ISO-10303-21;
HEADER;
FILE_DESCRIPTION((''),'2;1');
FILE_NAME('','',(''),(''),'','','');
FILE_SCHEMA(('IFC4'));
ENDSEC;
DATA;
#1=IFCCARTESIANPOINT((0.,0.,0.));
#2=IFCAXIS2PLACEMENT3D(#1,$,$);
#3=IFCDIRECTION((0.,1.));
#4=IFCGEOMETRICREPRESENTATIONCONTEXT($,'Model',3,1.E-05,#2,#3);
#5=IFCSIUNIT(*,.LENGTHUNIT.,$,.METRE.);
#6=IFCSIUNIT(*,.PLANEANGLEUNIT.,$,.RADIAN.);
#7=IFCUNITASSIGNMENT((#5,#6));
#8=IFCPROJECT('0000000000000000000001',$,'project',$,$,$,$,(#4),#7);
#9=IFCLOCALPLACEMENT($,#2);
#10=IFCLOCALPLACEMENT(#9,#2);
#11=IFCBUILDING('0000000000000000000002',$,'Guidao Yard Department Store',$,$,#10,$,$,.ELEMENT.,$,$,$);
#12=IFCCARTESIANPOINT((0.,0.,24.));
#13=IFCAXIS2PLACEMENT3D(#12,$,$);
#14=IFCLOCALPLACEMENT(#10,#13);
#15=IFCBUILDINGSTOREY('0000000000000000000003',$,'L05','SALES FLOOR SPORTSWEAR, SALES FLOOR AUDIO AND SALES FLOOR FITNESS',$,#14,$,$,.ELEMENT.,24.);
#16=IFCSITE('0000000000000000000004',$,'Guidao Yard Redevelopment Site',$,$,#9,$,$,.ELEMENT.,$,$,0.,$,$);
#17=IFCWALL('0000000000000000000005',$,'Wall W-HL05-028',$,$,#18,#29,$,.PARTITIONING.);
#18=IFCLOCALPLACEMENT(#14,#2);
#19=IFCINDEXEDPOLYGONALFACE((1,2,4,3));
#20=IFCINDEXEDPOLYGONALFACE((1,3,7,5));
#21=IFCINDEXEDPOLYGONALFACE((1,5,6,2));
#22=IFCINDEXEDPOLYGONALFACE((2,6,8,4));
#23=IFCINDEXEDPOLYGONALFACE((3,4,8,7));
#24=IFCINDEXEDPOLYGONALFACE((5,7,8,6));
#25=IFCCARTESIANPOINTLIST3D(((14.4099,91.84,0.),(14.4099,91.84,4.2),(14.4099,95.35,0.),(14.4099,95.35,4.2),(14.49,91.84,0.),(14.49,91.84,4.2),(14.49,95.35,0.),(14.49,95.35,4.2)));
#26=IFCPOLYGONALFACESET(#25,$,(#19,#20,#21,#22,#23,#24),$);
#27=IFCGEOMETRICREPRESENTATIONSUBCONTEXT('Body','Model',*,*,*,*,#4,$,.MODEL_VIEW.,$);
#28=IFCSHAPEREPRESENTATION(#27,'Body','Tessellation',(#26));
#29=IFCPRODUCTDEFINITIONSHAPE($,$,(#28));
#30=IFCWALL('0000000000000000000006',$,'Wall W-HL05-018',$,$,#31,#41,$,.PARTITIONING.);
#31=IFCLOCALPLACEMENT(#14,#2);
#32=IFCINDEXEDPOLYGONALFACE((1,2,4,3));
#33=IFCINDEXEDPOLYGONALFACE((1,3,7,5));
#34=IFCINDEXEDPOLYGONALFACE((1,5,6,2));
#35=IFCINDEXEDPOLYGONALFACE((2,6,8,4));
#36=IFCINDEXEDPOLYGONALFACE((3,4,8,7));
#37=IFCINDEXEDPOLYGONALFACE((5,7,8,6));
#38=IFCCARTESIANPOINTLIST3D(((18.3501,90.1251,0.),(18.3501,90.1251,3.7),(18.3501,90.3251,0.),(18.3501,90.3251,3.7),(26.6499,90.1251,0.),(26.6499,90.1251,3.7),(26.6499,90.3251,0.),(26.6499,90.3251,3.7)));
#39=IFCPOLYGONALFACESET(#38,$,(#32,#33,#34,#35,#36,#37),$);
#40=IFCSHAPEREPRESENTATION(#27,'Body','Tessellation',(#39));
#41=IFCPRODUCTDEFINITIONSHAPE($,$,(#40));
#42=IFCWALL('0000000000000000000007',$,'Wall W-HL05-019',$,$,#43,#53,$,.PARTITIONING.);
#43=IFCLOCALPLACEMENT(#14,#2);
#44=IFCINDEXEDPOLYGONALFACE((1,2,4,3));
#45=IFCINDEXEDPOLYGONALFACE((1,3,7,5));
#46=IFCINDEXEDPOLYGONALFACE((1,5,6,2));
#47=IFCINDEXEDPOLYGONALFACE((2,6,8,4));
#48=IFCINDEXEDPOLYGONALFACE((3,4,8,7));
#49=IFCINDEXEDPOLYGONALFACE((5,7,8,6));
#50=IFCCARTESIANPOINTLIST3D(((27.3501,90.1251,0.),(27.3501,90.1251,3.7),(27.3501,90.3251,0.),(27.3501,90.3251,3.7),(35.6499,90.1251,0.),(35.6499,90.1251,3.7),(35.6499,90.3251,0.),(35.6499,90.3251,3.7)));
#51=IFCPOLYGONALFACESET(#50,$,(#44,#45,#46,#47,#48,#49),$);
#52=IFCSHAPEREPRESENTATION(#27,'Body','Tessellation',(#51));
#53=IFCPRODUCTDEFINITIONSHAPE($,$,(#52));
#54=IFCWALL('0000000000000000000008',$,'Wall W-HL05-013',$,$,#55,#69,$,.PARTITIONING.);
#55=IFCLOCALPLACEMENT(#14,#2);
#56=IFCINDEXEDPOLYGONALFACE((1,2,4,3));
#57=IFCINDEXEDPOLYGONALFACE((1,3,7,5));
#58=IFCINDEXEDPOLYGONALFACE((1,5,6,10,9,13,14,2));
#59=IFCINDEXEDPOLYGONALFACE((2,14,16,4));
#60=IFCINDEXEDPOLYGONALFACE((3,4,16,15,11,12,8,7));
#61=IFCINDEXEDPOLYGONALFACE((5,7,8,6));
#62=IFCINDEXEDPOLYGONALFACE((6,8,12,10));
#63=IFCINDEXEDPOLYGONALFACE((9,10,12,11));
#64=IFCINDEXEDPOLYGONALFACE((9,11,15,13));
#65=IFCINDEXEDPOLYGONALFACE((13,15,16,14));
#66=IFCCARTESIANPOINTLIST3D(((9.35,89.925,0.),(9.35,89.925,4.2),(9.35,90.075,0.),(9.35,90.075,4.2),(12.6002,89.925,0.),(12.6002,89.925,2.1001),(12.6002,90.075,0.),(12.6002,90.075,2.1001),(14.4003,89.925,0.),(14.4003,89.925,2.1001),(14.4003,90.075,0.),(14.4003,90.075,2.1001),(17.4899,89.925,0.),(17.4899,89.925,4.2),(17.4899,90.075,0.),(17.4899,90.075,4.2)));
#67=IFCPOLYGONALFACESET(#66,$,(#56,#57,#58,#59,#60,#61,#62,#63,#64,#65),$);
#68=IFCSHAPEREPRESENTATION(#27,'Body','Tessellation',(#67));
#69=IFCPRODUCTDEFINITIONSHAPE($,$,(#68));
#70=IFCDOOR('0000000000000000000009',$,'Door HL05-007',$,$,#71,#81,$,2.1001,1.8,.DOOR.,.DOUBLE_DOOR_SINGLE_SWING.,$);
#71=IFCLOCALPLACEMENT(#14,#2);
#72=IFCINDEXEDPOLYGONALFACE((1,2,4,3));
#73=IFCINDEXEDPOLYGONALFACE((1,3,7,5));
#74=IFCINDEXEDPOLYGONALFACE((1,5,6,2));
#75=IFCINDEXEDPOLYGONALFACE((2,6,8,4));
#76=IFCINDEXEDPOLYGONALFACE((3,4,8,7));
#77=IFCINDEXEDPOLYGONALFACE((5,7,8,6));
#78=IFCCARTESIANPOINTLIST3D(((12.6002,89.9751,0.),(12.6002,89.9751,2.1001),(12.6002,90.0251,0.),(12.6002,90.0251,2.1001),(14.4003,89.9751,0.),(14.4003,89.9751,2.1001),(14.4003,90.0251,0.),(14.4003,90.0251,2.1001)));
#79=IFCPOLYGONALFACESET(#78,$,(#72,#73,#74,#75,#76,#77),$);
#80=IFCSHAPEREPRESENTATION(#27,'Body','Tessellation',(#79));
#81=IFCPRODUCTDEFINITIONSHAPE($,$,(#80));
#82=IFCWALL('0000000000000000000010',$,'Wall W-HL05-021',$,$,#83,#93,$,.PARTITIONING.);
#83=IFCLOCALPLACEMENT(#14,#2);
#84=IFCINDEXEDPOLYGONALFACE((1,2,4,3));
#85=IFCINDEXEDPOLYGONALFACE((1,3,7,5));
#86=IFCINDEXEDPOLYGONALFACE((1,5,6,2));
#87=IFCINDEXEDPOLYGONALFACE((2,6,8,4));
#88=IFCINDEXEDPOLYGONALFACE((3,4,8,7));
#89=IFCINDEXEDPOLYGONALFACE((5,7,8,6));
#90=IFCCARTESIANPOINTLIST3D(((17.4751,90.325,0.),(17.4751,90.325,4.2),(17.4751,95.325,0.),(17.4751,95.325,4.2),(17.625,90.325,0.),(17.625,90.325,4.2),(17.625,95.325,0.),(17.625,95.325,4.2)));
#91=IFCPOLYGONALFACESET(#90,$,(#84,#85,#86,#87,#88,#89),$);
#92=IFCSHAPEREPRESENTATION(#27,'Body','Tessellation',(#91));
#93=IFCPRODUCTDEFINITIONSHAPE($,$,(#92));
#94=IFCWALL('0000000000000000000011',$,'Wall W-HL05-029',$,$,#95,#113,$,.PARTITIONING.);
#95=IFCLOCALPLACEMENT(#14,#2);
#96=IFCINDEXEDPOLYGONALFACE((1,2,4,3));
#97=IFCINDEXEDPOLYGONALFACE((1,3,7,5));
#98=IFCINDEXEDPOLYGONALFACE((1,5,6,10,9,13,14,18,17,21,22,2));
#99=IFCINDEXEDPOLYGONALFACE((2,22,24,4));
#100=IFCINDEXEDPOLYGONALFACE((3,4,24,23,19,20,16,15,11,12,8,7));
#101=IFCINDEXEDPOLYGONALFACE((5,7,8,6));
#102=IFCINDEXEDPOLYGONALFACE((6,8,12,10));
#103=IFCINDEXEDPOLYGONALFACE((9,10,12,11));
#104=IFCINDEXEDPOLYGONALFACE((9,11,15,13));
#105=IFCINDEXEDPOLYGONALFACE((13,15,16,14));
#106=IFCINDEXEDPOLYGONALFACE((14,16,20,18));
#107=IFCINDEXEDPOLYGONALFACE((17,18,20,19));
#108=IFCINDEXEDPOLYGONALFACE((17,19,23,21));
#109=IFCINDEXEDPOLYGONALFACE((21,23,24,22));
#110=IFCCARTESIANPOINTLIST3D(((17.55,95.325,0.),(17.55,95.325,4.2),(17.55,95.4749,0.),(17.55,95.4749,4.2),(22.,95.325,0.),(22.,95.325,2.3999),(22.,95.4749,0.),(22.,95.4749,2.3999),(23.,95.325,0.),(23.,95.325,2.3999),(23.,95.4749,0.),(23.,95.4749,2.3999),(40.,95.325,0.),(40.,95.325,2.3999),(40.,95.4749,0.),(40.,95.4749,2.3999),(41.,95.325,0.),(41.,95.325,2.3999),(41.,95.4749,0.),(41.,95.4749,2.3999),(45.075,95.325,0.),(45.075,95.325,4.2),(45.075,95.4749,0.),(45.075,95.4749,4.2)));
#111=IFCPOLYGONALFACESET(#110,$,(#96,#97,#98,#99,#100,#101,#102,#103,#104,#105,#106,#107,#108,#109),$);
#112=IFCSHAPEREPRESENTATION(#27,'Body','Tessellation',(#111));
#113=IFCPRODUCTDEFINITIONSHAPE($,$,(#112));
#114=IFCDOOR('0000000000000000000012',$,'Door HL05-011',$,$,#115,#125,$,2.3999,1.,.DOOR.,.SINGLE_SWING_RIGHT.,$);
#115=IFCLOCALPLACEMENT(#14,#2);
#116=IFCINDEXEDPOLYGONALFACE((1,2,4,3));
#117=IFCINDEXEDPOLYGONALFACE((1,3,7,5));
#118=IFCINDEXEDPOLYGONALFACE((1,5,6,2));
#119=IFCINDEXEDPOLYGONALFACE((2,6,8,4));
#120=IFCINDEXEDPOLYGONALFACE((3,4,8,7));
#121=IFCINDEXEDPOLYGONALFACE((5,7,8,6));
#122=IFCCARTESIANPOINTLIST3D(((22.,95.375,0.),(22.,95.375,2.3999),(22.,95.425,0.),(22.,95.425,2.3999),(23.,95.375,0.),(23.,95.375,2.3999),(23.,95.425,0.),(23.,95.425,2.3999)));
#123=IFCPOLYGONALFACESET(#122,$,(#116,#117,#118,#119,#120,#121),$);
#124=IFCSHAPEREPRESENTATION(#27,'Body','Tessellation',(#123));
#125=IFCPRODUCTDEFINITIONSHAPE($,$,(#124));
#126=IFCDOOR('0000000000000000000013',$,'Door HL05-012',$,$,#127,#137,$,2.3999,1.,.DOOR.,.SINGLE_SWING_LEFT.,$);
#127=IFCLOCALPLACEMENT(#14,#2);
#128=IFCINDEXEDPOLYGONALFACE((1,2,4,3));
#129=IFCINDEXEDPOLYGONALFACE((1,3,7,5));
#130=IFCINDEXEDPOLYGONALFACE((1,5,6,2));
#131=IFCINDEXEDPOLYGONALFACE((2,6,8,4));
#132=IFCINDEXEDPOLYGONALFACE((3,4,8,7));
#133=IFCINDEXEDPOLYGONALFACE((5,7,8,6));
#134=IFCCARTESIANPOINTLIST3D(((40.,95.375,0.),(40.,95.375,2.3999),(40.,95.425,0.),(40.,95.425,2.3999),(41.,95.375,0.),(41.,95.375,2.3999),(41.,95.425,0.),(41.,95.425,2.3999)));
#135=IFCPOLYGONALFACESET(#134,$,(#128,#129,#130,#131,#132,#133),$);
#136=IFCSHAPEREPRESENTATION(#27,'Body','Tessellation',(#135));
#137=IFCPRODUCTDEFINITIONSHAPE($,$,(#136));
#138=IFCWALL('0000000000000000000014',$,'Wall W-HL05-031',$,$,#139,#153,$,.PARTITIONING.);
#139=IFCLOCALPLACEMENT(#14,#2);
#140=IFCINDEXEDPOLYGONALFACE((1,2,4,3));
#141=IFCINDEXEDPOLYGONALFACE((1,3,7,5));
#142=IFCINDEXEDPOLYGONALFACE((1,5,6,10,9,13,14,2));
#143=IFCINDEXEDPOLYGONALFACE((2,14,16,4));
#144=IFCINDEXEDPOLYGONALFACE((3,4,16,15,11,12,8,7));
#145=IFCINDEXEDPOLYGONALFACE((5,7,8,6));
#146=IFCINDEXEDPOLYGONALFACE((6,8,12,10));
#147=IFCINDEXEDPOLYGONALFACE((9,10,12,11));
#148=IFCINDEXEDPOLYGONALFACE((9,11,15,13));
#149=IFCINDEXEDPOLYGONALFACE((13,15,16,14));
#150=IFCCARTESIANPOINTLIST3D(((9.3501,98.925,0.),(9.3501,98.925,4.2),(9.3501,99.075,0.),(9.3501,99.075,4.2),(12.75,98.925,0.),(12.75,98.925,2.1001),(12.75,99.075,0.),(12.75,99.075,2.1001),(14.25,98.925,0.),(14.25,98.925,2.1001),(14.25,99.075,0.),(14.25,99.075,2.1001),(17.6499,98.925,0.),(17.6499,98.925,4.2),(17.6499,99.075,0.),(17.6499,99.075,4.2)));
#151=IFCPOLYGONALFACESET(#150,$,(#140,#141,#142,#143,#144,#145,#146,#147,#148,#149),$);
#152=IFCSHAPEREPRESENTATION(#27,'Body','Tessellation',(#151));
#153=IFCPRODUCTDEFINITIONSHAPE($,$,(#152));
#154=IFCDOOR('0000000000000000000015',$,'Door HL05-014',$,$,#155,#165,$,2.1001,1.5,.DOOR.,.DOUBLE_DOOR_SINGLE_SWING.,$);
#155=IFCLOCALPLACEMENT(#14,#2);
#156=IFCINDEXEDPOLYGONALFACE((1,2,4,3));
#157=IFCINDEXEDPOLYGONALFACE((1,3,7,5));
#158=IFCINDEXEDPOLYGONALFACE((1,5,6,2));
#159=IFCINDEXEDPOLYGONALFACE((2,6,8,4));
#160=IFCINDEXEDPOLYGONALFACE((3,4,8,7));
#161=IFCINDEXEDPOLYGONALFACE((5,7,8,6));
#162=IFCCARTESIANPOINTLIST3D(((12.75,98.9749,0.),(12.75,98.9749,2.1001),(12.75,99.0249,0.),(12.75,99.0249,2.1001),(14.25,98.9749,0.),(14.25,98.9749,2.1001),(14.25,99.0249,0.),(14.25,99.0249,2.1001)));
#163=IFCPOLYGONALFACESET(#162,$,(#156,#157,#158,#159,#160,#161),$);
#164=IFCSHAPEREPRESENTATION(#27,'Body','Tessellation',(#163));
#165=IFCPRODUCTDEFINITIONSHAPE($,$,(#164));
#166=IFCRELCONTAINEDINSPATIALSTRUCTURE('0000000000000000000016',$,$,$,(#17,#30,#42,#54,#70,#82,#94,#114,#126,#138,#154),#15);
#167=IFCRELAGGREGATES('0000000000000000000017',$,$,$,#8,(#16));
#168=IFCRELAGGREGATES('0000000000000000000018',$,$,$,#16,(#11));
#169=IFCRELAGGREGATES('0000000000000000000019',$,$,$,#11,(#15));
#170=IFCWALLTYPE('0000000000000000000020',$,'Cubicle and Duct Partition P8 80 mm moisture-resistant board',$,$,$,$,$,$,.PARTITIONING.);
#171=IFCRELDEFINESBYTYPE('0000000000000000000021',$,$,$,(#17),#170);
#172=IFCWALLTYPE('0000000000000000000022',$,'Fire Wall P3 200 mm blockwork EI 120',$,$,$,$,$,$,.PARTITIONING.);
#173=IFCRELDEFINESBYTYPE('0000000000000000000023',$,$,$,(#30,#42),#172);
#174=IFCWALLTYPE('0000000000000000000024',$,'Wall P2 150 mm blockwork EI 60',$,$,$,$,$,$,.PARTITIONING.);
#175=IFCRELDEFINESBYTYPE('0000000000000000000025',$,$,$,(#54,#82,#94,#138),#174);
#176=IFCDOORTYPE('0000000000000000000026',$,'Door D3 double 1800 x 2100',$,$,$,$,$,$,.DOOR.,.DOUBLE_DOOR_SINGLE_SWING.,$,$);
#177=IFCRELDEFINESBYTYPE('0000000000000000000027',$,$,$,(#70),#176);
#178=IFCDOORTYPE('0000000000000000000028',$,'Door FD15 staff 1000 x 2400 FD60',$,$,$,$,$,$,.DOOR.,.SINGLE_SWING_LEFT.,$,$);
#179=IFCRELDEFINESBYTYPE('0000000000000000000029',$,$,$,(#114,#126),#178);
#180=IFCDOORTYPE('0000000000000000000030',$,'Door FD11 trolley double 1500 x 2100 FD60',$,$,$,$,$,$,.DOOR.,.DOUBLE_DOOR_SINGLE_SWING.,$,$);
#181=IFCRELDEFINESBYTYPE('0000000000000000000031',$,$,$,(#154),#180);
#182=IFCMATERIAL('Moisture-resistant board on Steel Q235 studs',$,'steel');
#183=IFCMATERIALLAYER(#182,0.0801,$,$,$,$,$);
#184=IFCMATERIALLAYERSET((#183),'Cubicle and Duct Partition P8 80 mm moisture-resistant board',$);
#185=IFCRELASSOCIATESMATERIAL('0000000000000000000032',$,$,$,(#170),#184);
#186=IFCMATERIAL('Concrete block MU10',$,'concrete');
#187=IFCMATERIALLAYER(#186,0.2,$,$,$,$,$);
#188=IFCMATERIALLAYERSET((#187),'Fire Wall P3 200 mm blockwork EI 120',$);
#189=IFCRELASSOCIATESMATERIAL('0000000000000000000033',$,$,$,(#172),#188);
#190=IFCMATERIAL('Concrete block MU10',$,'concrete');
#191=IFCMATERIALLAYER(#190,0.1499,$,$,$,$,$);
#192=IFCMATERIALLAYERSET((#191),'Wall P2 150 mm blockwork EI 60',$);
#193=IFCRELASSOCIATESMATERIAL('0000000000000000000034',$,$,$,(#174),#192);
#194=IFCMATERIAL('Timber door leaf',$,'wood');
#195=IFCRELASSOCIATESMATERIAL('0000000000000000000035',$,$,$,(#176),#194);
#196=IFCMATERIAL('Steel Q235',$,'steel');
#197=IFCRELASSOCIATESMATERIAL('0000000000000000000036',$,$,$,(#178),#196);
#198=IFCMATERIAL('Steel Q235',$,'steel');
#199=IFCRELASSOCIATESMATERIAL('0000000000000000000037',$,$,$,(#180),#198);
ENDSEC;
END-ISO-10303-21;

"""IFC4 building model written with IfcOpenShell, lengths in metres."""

from ifc_helpers import new_model, si_unit, direction, frame, frame_2d, origin, place, context, subcontext, project, spatial, rectangle, extrude, material, layer, layer_set, type_object, element, fill, save


model = new_model("IFC4")

# Units and contexts
model_context = context("Model", 3, precision=1e-05, world=origin(), true_north=direction((0.0, 1.0)))
body_context = subcontext(model_context, "Body", "Model", "MODEL_VIEW")
ifc_project = project(units=[si_unit("LENGTHUNIT", "METRE"), si_unit("PLANEANGLEUNIT", "RADIAN")], contexts=[model_context])

# Site, building, storey
site_placement = place(None, origin())
site = spatial("IfcSite", under=ifc_project, at=site_placement, Name="Guidao Yard Redevelopment Site", CompositionType="ELEMENT", RefElevation=0.0)
building_placement = place(site_placement, origin())
building = spatial("IfcBuilding", under=site, at=building_placement, Name="Guidao Yard Department Store", CompositionType="ELEMENT")
storey_placement = place(building_placement, frame((0.0, 0.0, 24.0)))
storey = spatial("IfcBuildingStorey", under=building, at=storey_placement, Name="L05", Description="SALES FLOOR SPORTSWEAR, SALES FLOOR AUDIO AND SALES FLOOR FITNESS", CompositionType="ELEMENT", Elevation=24.0)

# Shared definitions
ifc_material_1 = material(Name="Moisture-resistant board on Steel Q235 studs", Category="steel")
ifc_layer_1 = layer(ifc_material_1, 0.0801)
ifc_layer_set_1 = layer_set([ifc_layer_1], Name="Cubicle and Duct Partition P8 80 mm moisture-resistant board")
wall_type_1 = type_object("IfcWallType", Name="Cubicle and Duct Partition P8 80 mm moisture-resistant board", PredefinedType="PARTITIONING", material=ifc_layer_set_1)

# Walls
for number, where, z_axis, x_axis, name in (
    (1, (14.45, 91.8401, 0.0), (0.0, 0.0, 1.0), (0.0, 1.0, 0.0), "Wall W-HL05-028"),
):
    element("IfcWall", number, at=place(storey_placement, frame(where, z_axis=z_axis, x_axis=x_axis)), inside=storey, type_object=wall_type_1, Name=name, PredefinedType="PARTITIONING", context=body_context, shape_type="SweptSolid", body=[
        extrude(rectangle(XDim=3.51, YDim=0.0801, at=frame_2d((1.7549, 0.0))), origin(), (0.0, 0.0, 1.0), 4.2),
    ])
ifc_material_2 = material(Name="Concrete block MU10", Category="concrete")
ifc_layer_2 = layer(ifc_material_2, 0.2)
ifc_layer_set_2 = layer_set([ifc_layer_2], Name="Fire Wall P3 200 mm blockwork EI 120")
wall_type_2 = type_object("IfcWallType", Name="Fire Wall P3 200 mm blockwork EI 120", PredefinedType="PARTITIONING", material=ifc_layer_set_2)
for number, where, z_axis, x_axis, name in (
    (2, (18.3501, 90.2251, 0.0), (0.0, 0.0, 1.0), (1.0, 0.0, 0.0), "Wall W-HL05-018"),
    (3, (27.3501, 90.2251, 0.0), (0.0, 0.0, 1.0), (1.0, 0.0, 0.0), "Wall W-HL05-019"),
):
    element("IfcWall", number, at=place(storey_placement, frame(where, z_axis=z_axis, x_axis=x_axis)), inside=storey, type_object=wall_type_2, Name=name, PredefinedType="PARTITIONING", context=body_context, shape_type="SweptSolid", body=[
        extrude(rectangle(XDim=8.2998, YDim=0.2, at=frame_2d((4.1499, 0.0))), origin(), (0.0, 0.0, 1.0), 3.7),
    ])

# Wall, opening, door
ifc_material_3 = material(Name="Concrete block MU10", Category="concrete")
ifc_layer_3 = layer(ifc_material_3, 0.1499)
ifc_layer_set_3 = layer_set([ifc_layer_3], Name="Wall P2 150 mm blockwork EI 60")
wall_type_3 = type_object("IfcWallType", Name="Wall P2 150 mm blockwork EI 60", PredefinedType="PARTITIONING", material=ifc_layer_set_3)
wall_1_placement = place(storey_placement, frame((9.3501, 90.0, 0.0), z_axis=(0.0, 0.0, 1.0), x_axis=(1.0, 0.0, 0.0)))
wall_1 = element("IfcWall", 4, at=wall_1_placement, inside=storey, type_object=wall_type_3, Name="Wall W-HL05-013", PredefinedType="PARTITIONING", context=body_context, shape_type="SweptSolid", body=[
    extrude(rectangle(XDim=8.1399, YDim=0.1499, at=frame_2d((4.0698, 0.0))), origin(), (0.0, 0.0, 1.0), 4.2),
])
opening_1_placement = place(wall_1_placement, frame((5.05, 0.0, 0.0), z_axis=(0.0, 0.0, 1.0), x_axis=(-1.0, 0.0, 0.0)))
opening_1 = element("IfcOpeningElement", 5, at=opening_1_placement, cuts=wall_1, PredefinedType="OPENING", context=body_context, shape_type="SweptSolid", body=[
    extrude(rectangle(XDim=1.8, YDim=2.1001, at=frame_2d((0.8999, 1.05))), frame((0.0, 0.085, 0.0), z_axis=(0.0, -1.0, 0.0), x_axis=(1.0, 0.0, 0.0)), (0.0, 0.0, 1.0), 0.1699),
])
ifc_material_4 = material(Name="Timber door leaf", Category="wood")
door_type_1 = type_object("IfcDoorType", Name="Door D3 double 1800 x 2100", OperationType="DOUBLE_DOOR_SINGLE_SWING", PredefinedType="DOOR", material=ifc_material_4)
door_1_placement = place(opening_1_placement, origin())
door_1 = element("IfcDoor", 6, at=door_1_placement, inside=storey, type_object=door_type_1, Name="Door HL05-007", OperationType="DOUBLE_DOOR_SINGLE_SWING", OverallHeight=2.1001, OverallWidth=1.8, PredefinedType="DOOR", context=body_context, shape_type="SweptSolid", body=[
    extrude(rectangle(XDim=1.8, YDim=2.1001, at=frame_2d((0.8999, 1.05))), frame((0.0, 0.0249, 0.0), z_axis=(0.0, -1.0, 0.0), x_axis=(1.0, 0.0, 0.0)), (0.0, 0.0, 1.0), 0.05),
])
fill(opening_1, door_1)

# Wall
wall_2_placement = place(storey_placement, frame((17.55, 90.325, 0.0), z_axis=(0.0, 0.0, 1.0), x_axis=(0.0, 1.0, 0.0)))
element("IfcWall", 7, at=wall_2_placement, inside=storey, type_object=wall_type_3, Name="Wall W-HL05-021", PredefinedType="PARTITIONING", context=body_context, shape_type="SweptSolid", body=[
    extrude(rectangle(XDim=5.0, YDim=0.1499, at=frame_2d((2.5, 0.0))), origin(), (0.0, 0.0, 1.0), 4.2),
])

# Wall, openings, doors
wall_3_placement = place(storey_placement, frame((17.55, 95.3999, 0.0), z_axis=(0.0, 0.0, 1.0), x_axis=(1.0, 0.0, 0.0)))
wall_3 = element("IfcWall", 8, at=wall_3_placement, inside=storey, type_object=wall_type_3, Name="Wall W-HL05-029", PredefinedType="PARTITIONING", context=body_context, shape_type="SweptSolid", body=[
    extrude(rectangle(XDim=27.5249, YDim=0.1499, at=frame_2d((13.7625, 0.0))), origin(), (0.0, 0.0, 1.0), 4.2),
])
opening_2_placement = place(wall_3_placement, frame((5.45, 0.0, 0.0), z_axis=(0.0, 0.0, 1.0), x_axis=(-1.0, 0.0, 0.0)))
opening_2 = element("IfcOpeningElement", 9, at=opening_2_placement, cuts=wall_3, PredefinedType="OPENING", context=body_context, shape_type="SweptSolid", body=[
    extrude(rectangle(XDim=1.0, YDim=2.3999, at=frame_2d((0.5, 1.2))), frame((0.0, 0.085, 0.0), z_axis=(0.0, -1.0, 0.0), x_axis=(1.0, 0.0, 0.0)), (0.0, 0.0, 1.0), 0.1699),
])
opening_3_placement = place(wall_3_placement, frame((23.45, 0.0, 0.0), z_axis=(0.0, 0.0, 1.0), x_axis=(-1.0, 0.0, 0.0)))
opening_3 = element("IfcOpeningElement", 10, at=opening_3_placement, cuts=wall_3, PredefinedType="OPENING", context=body_context, shape_type="SweptSolid", body=[
    extrude(rectangle(XDim=1.0, YDim=2.3999, at=frame_2d((0.5, 1.2))), frame((0.0, 0.085, 0.0), z_axis=(0.0, -1.0, 0.0), x_axis=(1.0, 0.0, 0.0)), (0.0, 0.0, 1.0), 0.1699),
])
ifc_material_5 = material(Name="Steel Q235", Category="steel")
door_type_2 = type_object("IfcDoorType", Name="Door FD15 staff 1000 x 2400 FD60", OperationType="SINGLE_SWING_LEFT", PredefinedType="DOOR", material=ifc_material_5)
door_2_placement = place(opening_2_placement, origin())
door_2 = element("IfcDoor", 11, at=door_2_placement, inside=storey, type_object=door_type_2, Name="Door HL05-011", OperationType="SINGLE_SWING_RIGHT", OverallHeight=2.3999, OverallWidth=1.0, PredefinedType="DOOR", context=body_context, shape_type="SweptSolid", body=[
    extrude(rectangle(XDim=1.0, YDim=2.3999, at=frame_2d((0.5, 1.2))), frame((0.0, 0.0249, 0.0), z_axis=(0.0, -1.0, 0.0), x_axis=(1.0, 0.0, 0.0)), (0.0, 0.0, 1.0), 0.05),
])
fill(opening_2, door_2)
door_3_placement = place(opening_3_placement, origin())
door_3 = element("IfcDoor", 12, at=door_3_placement, inside=storey, type_object=door_type_2, Name="Door HL05-012", OperationType="SINGLE_SWING_LEFT", OverallHeight=2.3999, OverallWidth=1.0, PredefinedType="DOOR", context=body_context, shape_type="SweptSolid", body=[
    extrude(rectangle(XDim=1.0, YDim=2.3999, at=frame_2d((0.5, 1.2))), frame((0.0, 0.0249, 0.0), z_axis=(0.0, -1.0, 0.0), x_axis=(1.0, 0.0, 0.0)), (0.0, 0.0, 1.0), 0.05),
])
fill(opening_3, door_3)

# Wall, opening, door
wall_4_placement = place(storey_placement, frame((9.3501, 99.0, 0.0), z_axis=(0.0, 0.0, 1.0), x_axis=(1.0, 0.0, 0.0)))
wall_4 = element("IfcWall", 13, at=wall_4_placement, inside=storey, type_object=wall_type_3, Name="Wall W-HL05-031", PredefinedType="PARTITIONING", context=body_context, shape_type="SweptSolid", body=[
    extrude(rectangle(XDim=8.2998, YDim=0.1499, at=frame_2d((4.1499, 0.0))), origin(), (0.0, 0.0, 1.0), 4.2),
])
opening_4_placement = place(wall_4_placement, frame((3.3999, 0.0, 0.0)))
opening_4 = element("IfcOpeningElement", 14, at=opening_4_placement, cuts=wall_4, PredefinedType="OPENING", context=body_context, shape_type="SweptSolid", body=[
    extrude(rectangle(XDim=1.5, YDim=2.1001, at=frame_2d((0.75, 1.05))), frame((0.0, 0.085, 0.0), z_axis=(0.0, -1.0, 0.0), x_axis=(1.0, 0.0, 0.0)), (0.0, 0.0, 1.0), 0.1699),
])
ifc_material_6 = material(Name="Steel Q235", Category="steel")
door_type_3 = type_object("IfcDoorType", Name="Door FD11 trolley double 1500 x 2100 FD60", OperationType="DOUBLE_DOOR_SINGLE_SWING", PredefinedType="DOOR", material=ifc_material_6)
door_4_placement = place(opening_4_placement, origin())
door_4 = element("IfcDoor", 15, at=door_4_placement, inside=storey, type_object=door_type_3, Name="Door HL05-014", OperationType="DOUBLE_DOOR_SINGLE_SWING", OverallHeight=2.1001, OverallWidth=1.5, PredefinedType="DOOR", context=body_context, shape_type="SweptSolid", body=[
    extrude(rectangle(XDim=1.5, YDim=2.1001, at=frame_2d((0.75, 1.05))), frame((0.0, 0.0249, 0.0), z_axis=(0.0, -1.0, 0.0), x_axis=(1.0, 0.0, 0.0)), (0.0, 0.0, 1.0), 0.05),
])
fill(opening_4, door_4)

save(model, "model.ifc")
